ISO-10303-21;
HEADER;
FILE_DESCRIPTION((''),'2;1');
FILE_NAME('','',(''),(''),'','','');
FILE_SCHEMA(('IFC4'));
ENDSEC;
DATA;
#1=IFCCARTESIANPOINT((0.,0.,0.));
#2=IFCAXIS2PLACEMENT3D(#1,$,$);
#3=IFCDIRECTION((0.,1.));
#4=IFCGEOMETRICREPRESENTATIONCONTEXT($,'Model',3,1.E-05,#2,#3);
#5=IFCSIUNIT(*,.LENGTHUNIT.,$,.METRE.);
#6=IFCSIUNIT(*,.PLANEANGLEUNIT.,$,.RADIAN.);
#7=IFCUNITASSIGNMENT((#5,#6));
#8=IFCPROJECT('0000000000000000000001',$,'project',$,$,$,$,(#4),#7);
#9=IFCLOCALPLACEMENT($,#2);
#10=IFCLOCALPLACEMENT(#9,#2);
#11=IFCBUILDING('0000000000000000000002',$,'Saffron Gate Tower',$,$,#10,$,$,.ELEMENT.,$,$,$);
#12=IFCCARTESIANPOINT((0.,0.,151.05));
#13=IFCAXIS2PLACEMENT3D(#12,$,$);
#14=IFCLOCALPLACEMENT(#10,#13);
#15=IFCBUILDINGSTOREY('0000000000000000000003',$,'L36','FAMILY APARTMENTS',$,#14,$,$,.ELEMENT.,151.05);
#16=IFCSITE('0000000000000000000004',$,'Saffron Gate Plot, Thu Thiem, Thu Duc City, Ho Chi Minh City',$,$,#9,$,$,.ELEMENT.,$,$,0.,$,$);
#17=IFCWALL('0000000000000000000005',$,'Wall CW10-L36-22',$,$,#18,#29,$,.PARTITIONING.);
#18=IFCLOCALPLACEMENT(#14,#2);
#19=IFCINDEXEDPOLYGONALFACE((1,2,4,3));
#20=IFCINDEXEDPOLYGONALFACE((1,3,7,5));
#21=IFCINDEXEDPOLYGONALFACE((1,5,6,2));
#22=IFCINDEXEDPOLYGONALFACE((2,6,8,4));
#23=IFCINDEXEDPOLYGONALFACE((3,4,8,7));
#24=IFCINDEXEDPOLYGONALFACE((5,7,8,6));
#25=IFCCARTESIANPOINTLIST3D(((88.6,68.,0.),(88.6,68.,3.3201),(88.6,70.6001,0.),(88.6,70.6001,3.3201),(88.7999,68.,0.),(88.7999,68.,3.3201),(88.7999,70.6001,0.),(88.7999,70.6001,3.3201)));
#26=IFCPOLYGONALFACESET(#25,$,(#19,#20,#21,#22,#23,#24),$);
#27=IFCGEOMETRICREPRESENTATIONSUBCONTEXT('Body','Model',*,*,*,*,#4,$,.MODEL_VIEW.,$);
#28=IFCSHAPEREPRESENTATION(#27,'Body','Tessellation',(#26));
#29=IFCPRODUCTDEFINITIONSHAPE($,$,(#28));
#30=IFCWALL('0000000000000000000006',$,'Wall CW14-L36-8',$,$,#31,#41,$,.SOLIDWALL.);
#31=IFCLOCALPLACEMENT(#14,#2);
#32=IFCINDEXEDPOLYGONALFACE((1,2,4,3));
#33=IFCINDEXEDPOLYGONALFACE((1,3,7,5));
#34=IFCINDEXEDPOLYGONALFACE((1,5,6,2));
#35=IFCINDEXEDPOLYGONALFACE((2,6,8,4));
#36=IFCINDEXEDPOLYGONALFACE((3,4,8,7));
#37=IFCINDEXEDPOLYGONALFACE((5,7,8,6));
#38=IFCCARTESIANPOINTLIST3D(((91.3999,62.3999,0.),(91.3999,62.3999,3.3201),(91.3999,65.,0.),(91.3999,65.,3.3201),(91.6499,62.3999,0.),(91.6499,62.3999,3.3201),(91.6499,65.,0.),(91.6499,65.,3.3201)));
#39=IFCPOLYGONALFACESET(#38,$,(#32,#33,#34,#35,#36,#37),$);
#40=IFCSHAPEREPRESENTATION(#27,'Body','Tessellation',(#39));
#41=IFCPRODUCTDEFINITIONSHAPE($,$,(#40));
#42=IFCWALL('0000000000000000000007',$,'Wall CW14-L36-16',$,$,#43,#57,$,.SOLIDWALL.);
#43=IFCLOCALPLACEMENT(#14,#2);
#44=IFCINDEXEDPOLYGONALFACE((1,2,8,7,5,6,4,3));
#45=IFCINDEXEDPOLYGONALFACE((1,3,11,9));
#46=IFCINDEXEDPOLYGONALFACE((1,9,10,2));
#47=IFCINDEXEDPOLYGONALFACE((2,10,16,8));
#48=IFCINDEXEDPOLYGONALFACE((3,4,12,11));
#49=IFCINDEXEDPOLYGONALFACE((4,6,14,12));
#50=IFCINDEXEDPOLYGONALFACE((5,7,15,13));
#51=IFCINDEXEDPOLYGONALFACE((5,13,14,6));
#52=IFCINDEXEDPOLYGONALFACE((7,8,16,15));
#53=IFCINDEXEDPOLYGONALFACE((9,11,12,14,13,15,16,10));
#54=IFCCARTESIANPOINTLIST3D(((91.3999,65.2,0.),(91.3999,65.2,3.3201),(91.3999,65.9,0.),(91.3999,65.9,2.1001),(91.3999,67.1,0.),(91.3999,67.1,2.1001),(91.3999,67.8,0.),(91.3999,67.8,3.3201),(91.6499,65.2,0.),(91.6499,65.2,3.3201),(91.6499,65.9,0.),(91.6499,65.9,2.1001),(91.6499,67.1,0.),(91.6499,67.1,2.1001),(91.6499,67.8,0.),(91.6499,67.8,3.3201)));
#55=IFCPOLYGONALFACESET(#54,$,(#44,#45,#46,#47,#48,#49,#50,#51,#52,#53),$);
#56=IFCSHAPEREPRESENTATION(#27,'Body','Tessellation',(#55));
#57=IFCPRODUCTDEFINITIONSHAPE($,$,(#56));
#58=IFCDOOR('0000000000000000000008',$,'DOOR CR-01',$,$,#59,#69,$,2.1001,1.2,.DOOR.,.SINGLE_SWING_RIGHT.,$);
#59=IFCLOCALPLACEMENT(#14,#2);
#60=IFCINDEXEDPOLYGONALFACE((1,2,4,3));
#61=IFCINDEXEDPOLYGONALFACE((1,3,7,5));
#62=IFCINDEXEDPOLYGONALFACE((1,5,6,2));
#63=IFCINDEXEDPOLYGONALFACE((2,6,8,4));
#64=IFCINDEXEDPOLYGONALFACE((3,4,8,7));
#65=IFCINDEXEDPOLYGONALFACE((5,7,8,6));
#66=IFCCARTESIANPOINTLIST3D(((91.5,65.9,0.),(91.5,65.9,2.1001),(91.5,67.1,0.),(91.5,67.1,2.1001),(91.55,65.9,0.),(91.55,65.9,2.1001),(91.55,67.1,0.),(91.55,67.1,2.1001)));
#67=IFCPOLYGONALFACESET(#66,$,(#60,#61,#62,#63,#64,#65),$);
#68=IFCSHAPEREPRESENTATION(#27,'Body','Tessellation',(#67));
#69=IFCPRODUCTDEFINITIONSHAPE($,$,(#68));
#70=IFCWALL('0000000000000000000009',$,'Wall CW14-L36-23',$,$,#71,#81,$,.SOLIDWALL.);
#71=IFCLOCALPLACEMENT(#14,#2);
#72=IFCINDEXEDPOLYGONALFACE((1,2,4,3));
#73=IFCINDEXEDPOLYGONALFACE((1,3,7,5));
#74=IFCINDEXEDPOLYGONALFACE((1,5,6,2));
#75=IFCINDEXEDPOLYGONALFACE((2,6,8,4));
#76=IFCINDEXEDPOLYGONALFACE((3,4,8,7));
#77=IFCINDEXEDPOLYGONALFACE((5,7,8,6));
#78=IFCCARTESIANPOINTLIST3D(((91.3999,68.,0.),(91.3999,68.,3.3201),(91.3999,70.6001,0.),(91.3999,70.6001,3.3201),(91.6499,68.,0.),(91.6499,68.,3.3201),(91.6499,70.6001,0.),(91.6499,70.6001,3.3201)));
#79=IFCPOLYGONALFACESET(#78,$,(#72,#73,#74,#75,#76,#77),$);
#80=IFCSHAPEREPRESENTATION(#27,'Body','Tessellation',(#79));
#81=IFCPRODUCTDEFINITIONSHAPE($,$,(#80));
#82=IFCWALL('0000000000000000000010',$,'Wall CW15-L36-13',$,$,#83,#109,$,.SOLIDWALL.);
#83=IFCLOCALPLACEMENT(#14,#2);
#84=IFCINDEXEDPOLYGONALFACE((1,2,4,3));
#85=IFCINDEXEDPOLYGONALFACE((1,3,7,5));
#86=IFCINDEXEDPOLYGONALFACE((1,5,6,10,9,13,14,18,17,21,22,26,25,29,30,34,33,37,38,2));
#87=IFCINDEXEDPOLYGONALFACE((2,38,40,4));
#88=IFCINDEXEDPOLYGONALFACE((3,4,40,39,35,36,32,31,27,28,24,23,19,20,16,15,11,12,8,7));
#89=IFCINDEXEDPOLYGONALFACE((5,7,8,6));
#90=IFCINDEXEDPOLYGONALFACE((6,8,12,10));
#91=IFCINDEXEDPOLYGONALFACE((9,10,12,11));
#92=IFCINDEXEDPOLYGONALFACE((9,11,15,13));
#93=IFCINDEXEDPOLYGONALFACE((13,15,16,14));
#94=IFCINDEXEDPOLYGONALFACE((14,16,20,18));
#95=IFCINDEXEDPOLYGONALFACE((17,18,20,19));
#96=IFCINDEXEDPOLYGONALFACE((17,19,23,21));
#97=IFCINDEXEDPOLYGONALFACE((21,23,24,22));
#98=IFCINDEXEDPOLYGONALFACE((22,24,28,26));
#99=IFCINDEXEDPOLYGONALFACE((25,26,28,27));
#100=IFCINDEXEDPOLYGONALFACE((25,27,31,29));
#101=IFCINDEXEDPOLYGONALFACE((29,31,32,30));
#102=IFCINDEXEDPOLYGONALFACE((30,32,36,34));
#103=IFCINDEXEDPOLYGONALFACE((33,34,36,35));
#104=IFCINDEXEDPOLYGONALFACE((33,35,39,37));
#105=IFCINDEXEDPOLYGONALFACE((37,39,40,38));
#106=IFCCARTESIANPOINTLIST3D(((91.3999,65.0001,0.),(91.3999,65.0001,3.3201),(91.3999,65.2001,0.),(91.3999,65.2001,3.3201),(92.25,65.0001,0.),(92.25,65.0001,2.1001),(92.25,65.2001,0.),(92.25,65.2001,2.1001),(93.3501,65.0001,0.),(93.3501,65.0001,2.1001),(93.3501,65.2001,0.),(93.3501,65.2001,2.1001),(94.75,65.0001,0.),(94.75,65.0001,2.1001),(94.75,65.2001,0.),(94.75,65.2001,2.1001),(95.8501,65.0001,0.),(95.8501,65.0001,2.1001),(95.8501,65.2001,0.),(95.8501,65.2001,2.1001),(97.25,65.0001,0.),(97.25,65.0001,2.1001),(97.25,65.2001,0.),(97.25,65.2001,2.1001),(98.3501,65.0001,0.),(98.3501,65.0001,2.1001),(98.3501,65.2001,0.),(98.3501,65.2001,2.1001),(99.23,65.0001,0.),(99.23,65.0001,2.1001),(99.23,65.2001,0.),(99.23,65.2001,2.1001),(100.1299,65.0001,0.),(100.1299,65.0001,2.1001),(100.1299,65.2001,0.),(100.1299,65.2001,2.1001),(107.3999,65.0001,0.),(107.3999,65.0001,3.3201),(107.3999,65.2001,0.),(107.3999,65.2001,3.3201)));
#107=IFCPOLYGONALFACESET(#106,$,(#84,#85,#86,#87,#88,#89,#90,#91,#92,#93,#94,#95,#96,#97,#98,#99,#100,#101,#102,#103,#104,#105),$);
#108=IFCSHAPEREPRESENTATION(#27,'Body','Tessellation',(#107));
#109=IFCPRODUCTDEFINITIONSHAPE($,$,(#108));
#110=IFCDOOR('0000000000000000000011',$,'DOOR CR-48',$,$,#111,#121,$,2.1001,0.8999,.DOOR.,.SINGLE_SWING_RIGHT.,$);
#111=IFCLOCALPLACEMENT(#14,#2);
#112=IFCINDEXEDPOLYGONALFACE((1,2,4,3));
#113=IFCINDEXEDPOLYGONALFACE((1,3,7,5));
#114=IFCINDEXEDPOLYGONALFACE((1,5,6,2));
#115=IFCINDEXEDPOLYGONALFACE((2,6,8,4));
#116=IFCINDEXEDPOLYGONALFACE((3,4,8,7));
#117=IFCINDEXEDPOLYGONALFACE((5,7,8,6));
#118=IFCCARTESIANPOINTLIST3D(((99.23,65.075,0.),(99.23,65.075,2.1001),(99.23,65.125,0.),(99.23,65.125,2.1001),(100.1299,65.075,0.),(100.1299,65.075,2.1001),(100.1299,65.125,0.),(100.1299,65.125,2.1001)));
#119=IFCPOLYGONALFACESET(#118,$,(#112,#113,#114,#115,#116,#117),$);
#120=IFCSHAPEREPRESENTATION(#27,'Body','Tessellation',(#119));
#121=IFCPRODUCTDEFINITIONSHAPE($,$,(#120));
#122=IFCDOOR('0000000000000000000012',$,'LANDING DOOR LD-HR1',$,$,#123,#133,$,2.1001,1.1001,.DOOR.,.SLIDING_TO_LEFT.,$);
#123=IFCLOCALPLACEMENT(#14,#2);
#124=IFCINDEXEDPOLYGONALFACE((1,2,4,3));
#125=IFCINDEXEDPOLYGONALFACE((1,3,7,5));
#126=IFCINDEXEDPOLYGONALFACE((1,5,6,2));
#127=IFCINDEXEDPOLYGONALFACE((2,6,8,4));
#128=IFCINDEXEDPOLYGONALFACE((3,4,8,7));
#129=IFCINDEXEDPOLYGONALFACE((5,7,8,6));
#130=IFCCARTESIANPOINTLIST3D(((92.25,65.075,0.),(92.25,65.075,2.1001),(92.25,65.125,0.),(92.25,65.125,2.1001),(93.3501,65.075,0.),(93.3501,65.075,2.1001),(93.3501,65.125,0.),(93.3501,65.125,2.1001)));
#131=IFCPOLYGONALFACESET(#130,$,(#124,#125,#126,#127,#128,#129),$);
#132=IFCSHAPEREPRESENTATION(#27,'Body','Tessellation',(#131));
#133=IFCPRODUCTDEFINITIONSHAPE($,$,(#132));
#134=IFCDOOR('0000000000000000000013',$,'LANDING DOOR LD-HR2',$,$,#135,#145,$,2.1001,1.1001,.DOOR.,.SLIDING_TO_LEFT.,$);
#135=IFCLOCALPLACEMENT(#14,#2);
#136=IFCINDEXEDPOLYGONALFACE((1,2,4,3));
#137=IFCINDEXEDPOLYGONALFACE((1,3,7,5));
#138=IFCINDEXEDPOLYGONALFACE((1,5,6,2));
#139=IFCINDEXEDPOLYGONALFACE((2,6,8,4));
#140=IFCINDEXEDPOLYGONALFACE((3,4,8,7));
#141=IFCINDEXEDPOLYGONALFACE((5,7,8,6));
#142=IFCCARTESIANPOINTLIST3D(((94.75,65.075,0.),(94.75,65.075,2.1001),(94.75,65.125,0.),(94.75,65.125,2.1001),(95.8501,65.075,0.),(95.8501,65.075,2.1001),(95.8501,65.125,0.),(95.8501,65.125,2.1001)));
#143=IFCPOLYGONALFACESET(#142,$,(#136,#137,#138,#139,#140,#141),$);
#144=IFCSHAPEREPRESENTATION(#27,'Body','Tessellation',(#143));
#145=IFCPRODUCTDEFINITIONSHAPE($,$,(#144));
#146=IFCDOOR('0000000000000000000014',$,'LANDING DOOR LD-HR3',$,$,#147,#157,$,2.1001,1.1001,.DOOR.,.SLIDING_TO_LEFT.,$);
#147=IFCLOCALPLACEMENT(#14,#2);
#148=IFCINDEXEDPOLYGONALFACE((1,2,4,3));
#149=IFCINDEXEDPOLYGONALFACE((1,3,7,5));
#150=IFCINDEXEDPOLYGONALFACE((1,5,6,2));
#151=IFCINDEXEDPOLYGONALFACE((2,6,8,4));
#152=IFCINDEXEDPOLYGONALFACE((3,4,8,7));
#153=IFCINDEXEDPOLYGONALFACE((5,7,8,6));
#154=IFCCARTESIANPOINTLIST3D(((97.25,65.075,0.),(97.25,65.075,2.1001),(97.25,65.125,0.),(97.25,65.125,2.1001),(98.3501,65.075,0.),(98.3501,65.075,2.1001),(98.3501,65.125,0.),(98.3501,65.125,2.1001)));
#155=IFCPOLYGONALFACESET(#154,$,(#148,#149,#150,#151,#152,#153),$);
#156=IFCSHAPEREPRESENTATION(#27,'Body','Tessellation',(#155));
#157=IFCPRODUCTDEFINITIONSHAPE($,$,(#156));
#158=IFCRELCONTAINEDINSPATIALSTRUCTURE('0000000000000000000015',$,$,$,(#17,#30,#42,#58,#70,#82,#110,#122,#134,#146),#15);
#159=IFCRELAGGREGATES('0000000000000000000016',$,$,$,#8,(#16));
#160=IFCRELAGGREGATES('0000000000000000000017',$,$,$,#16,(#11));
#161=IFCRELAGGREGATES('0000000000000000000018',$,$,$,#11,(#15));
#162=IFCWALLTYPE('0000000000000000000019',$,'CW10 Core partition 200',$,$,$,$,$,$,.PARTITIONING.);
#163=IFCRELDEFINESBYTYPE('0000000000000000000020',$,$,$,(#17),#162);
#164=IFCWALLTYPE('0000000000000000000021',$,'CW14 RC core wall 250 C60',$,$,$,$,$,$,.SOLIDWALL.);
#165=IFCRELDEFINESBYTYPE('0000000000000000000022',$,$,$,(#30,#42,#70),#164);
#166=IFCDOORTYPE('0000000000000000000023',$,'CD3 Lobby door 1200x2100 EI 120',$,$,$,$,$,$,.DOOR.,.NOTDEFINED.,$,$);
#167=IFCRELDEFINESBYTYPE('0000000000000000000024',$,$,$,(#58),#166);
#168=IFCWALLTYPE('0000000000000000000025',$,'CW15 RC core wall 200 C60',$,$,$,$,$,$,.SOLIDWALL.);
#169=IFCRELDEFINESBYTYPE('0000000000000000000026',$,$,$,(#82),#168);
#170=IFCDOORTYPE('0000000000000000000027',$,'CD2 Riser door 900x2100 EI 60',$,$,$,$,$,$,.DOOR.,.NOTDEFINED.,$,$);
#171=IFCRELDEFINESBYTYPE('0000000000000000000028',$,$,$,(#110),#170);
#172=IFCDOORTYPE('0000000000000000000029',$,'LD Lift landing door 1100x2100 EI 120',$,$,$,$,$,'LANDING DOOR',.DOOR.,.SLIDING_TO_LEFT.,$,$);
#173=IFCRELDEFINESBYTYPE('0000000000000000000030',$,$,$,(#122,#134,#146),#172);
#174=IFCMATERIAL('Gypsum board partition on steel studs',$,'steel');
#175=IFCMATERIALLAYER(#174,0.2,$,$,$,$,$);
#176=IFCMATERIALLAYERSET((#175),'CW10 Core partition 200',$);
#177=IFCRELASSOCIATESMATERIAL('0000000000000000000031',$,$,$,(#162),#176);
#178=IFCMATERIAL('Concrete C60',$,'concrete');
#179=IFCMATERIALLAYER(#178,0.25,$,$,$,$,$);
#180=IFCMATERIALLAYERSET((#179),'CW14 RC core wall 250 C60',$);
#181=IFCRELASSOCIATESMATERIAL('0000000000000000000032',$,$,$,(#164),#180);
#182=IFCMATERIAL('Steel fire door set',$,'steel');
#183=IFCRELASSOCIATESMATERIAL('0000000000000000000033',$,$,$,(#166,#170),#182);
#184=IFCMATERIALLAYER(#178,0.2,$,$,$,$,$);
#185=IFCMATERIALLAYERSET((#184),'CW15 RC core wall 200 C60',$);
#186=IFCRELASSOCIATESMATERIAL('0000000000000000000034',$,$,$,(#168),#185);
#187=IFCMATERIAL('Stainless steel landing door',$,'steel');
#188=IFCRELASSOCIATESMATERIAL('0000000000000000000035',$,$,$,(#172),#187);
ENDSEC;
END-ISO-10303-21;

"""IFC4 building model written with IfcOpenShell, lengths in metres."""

from ifc_helpers import new_model, si_unit, direction, frame, frame_2d, origin, place, context, subcontext, project, spatial, rectangle, extrude, material, layer, layer_set, type_object, element, fill, save


model = new_model("IFC4")

# Units and contexts
model_context = context("Model", 3, precision=1e-05, world=origin(), true_north=direction((0.0, 1.0)))
body_context = subcontext(model_context, "Body", "Model", "MODEL_VIEW")
ifc_project = project(units=[si_unit("LENGTHUNIT", "METRE"), si_unit("PLANEANGLEUNIT", "RADIAN")], contexts=[model_context])

# Site, building, storey
site_placement = place(None, origin())
site = spatial("IfcSite", under=ifc_project, at=site_placement, Name="Saffron Gate Plot, Thu Thiem, Thu Duc City, Ho Chi Minh City", CompositionType="ELEMENT", RefElevation=0.0)
building_placement = place(site_placement, origin())
building = spatial("IfcBuilding", under=site, at=building_placement, Name="Saffron Gate Tower", CompositionType="ELEMENT")
storey_placement = place(building_placement, frame((0.0, 0.0, 151.05)))
storey = spatial("IfcBuildingStorey", under=building, at=storey_placement, Name="L36", Description="FAMILY APARTMENTS", CompositionType="ELEMENT", Elevation=151.05)

# Walls
ifc_material_1 = material(Name="Gypsum board partition on steel studs", Category="steel")
ifc_layer_1 = layer(ifc_material_1, 0.2)
ifc_layer_set_1 = layer_set([ifc_layer_1], Name="CW10 Core partition 200")
wall_type_1 = type_object("IfcWallType", Name="CW10 Core partition 200", PredefinedType="PARTITIONING", material=ifc_layer_set_1)
wall_1_placement = place(storey_placement, frame((88.7, 68.0, 0.0), z_axis=(0.0, 0.0, 1.0), x_axis=(0.0, 1.0, 0.0)))
element("IfcWall", 1, at=wall_1_placement, inside=storey, type_object=wall_type_1, Name="Wall CW10-L36-22", PredefinedType="PARTITIONING", context=body_context, shape_type="SweptSolid", body=[
    extrude(rectangle(XDim=2.6001, YDim=0.2, at=frame_2d((1.3, 0.0))), origin(), (0.0, 0.0, 1.0), 3.3201),
])
ifc_material_2 = material(Name="Concrete C60", Category="concrete")
ifc_layer_2 = layer(ifc_material_2, 0.25)
ifc_layer_set_2 = layer_set([ifc_layer_2], Name="CW14 RC core wall 250 C60")
wall_type_2 = type_object("IfcWallType", Name="CW14 RC core wall 250 C60", PredefinedType="SOLIDWALL", material=ifc_layer_set_2)
wall_2_placement = place(storey_placement, frame((91.5249, 62.3999, 0.0), z_axis=(0.0, 0.0, 1.0), x_axis=(0.0, 1.0, 0.0)))
element("IfcWall", 2, at=wall_2_placement, inside=storey, type_object=wall_type_2, Name="Wall CW14-L36-8", PredefinedType="SOLIDWALL", context=body_context, shape_type="SweptSolid", body=[
    extrude(rectangle(XDim=2.6001, YDim=0.25, at=frame_2d((1.3, 0.0))), origin(), (0.0, 0.0, 1.0), 3.3201),
])

# Wall, opening, door
wall_3_placement = place(storey_placement, frame((91.5249, 65.2, 0.0), z_axis=(0.0, 0.0, 1.0), x_axis=(0.0, 1.0, 0.0)))
wall_3 = element("IfcWall", 3, at=wall_3_placement, inside=storey, type_object=wall_type_2, Name="Wall CW14-L36-16", PredefinedType="SOLIDWALL", context=body_context, shape_type="SweptSolid", body=[
    extrude(rectangle(XDim=2.6001, YDim=0.25, at=frame_2d((1.3, 0.0))), origin(), (0.0, 0.0, 1.0), 3.3201),
])
opening_1_placement = place(wall_3_placement, frame((0.7, 0.0, 0.0)))
opening_1 = element("IfcOpeningElement", 4, at=opening_1_placement, cuts=wall_3, PredefinedType="OPENING", context=body_context, shape_type="SweptSolid", body=[
    extrude(rectangle(XDim=1.2, YDim=2.1001, at=frame_2d((0.6001, 1.05))), frame((0.0, 0.135, 0.0), z_axis=(0.0, -1.0, 0.0), x_axis=(1.0, 0.0, 0.0)), (0.0, 0.0, 1.0), 0.27),
])
ifc_material_3 = material(Name="Steel fire door set", Category="steel")
door_type_1 = type_object("IfcDoorType", Name="CD3 Lobby door 1200x2100 EI 120", OperationType="NOTDEFINED", PredefinedType="DOOR", material=ifc_material_3)
door_1_placement = place(opening_1_placement, origin())
door_1 = element("IfcDoor", 5, at=door_1_placement, inside=storey, type_object=door_type_1, Name="DOOR CR-01", OperationType="SINGLE_SWING_RIGHT", OverallHeight=2.1001, OverallWidth=1.2, PredefinedType="DOOR", context=body_context, shape_type="SweptSolid", body=[
    extrude(rectangle(XDim=1.2, YDim=2.1001, at=frame_2d((0.6001, 1.05))), frame((0.0, 0.0249, 0.0), z_axis=(0.0, -1.0, 0.0), x_axis=(1.0, 0.0, 0.0)), (0.0, 0.0, 1.0), 0.05),
])
fill(opening_1, door_1)

# Wall
wall_4_placement = place(storey_placement, frame((91.5249, 68.0, 0.0), z_axis=(0.0, 0.0, 1.0), x_axis=(0.0, 1.0, 0.0)))
element("IfcWall", 6, at=wall_4_placement, inside=storey, type_object=wall_type_2, Name="Wall CW14-L36-23", PredefinedType="SOLIDWALL", context=body_context, shape_type="SweptSolid", body=[
    extrude(rectangle(XDim=2.6001, YDim=0.25, at=frame_2d((1.3, 0.0))), origin(), (0.0, 0.0, 1.0), 3.3201),
])

# Wall, openings, doors
ifc_layer_3 = layer(ifc_material_2, 0.2)
ifc_layer_set_3 = layer_set([ifc_layer_3], Name="CW15 RC core wall 200 C60")
wall_type_3 = type_object("IfcWallType", Name="CW15 RC core wall 200 C60", PredefinedType="SOLIDWALL", material=ifc_layer_set_3)
wall_5_placement = place(storey_placement, frame((91.3999, 65.1001, 0.0), z_axis=(0.0, 0.0, 1.0), x_axis=(1.0, 0.0, 0.0)))
wall_5 = element("IfcWall", 7, at=wall_5_placement, inside=storey, type_object=wall_type_3, Name="Wall CW15-L36-13", PredefinedType="SOLIDWALL", context=body_context, shape_type="SweptSolid", body=[
    extrude(rectangle(XDim=16.0, YDim=0.2, at=frame_2d((8.0, 0.0))), origin(), (0.0, 0.0, 1.0), 3.3201),
])
opening_2_placement = place(wall_5_placement, frame((0.8501, 0.0, 0.0)))
opening_2 = element("IfcOpeningElement", 8, at=opening_2_placement, cuts=wall_5, PredefinedType="OPENING", context=body_context, shape_type="SweptSolid", body=[
    extrude(rectangle(XDim=1.1001, YDim=2.1001, at=frame_2d((0.55, 1.05))), frame((0.0, 0.1099, 0.0), z_axis=(0.0, -1.0, 0.0), x_axis=(1.0, 0.0, 0.0)), (0.0, 0.0, 1.0), 0.22),
])
opening_3_placement = place(wall_5_placement, frame((3.3501, 0.0, 0.0)))
opening_3 = element("IfcOpeningElement", 9, at=opening_3_placement, cuts=wall_5, PredefinedType="OPENING", context=body_context, shape_type="SweptSolid", body=[
    extrude(rectangle(XDim=1.1001, YDim=2.1001, at=frame_2d((0.55, 1.05))), frame((0.0, 0.1099, 0.0), z_axis=(0.0, -1.0, 0.0), x_axis=(1.0, 0.0, 0.0)), (0.0, 0.0, 1.0), 0.22),
])
opening_4_placement = place(wall_5_placement, frame((5.8501, 0.0, 0.0)))
opening_4 = element("IfcOpeningElement", 10, at=opening_4_placement, cuts=wall_5, PredefinedType="OPENING", context=body_context, shape_type="SweptSolid", body=[
    extrude(rectangle(XDim=1.1001, YDim=2.1001, at=frame_2d((0.55, 1.05))), frame((0.0, 0.1099, 0.0), z_axis=(0.0, -1.0, 0.0), x_axis=(1.0, 0.0, 0.0)), (0.0, 0.0, 1.0), 0.22),
])
opening_5_placement = place(wall_5_placement, frame((7.8301, 0.0, 0.0)))
opening_5 = element("IfcOpeningElement", 11, at=opening_5_placement, cuts=wall_5, PredefinedType="OPENING", context=body_context, shape_type="SweptSolid", body=[
    extrude(rectangle(XDim=0.8999, YDim=2.1001, at=frame_2d((0.45, 1.05))), frame((0.0, 0.1099, 0.0), z_axis=(0.0, -1.0, 0.0), x_axis=(1.0, 0.0, 0.0)), (0.0, 0.0, 1.0), 0.22),
])
door_type_2 = type_object("IfcDoorType", Name="CD2 Riser door 900x2100 EI 60", OperationType="NOTDEFINED", PredefinedType="DOOR", material=ifc_material_3)
door_2_placement = place(opening_5_placement, origin())
door_2 = element("IfcDoor", 12, at=door_2_placement, inside=storey, type_object=door_type_2, Name="DOOR CR-48", OperationType="SINGLE_SWING_RIGHT", OverallHeight=2.1001, OverallWidth=0.8999, PredefinedType="DOOR", context=body_context, shape_type="SweptSolid", body=[
    extrude(rectangle(XDim=0.8999, YDim=2.1001, at=frame_2d((0.45, 1.05))), frame((0.0, 0.0249, 0.0), z_axis=(0.0, -1.0, 0.0), x_axis=(1.0, 0.0, 0.0)), (0.0, 0.0, 1.0), 0.05),
])
fill(opening_5, door_2)
ifc_material_4 = material(Name="Stainless steel landing door", Category="steel")
door_type_3 = type_object("IfcDoorType", Name="LD Lift landing door 1100x2100 EI 120", ElementType="LANDING DOOR", OperationType="SLIDING_TO_LEFT", PredefinedType="DOOR", material=ifc_material_4)
door_3_placement = place(opening_2_placement, origin())
door_3 = element("IfcDoor", 13, at=door_3_placement, inside=storey, type_object=door_type_3, Name="LANDING DOOR LD-HR1", OperationType="SLIDING_TO_LEFT", OverallHeight=2.1001, OverallWidth=1.1001, PredefinedType="DOOR", context=body_context, shape_type="SweptSolid", body=[
    extrude(rectangle(XDim=1.1001, YDim=2.1001, at=frame_2d((0.55, 1.05))), frame((0.0, 0.0249, 0.0), z_axis=(0.0, -1.0, 0.0), x_axis=(1.0, 0.0, 0.0)), (0.0, 0.0, 1.0), 0.05),
])
fill(opening_2, door_3)
door_4_placement = place(opening_3_placement, origin())
door_4 = element("IfcDoor", 14, at=door_4_placement, inside=storey, type_object=door_type_3, Name="LANDING DOOR LD-HR2", OperationType="SLIDING_TO_LEFT", OverallHeight=2.1001, OverallWidth=1.1001, PredefinedType="DOOR", context=body_context, shape_type="SweptSolid", body=[
    extrude(rectangle(XDim=1.1001, YDim=2.1001, at=frame_2d((0.55, 1.05))), frame((0.0, 0.0249, 0.0), z_axis=(0.0, -1.0, 0.0), x_axis=(1.0, 0.0, 0.0)), (0.0, 0.0, 1.0), 0.05),
])
fill(opening_3, door_4)
door_5_placement = place(opening_4_placement, origin())
door_5 = element("IfcDoor", 15, at=door_5_placement, inside=storey, type_object=door_type_3, Name="LANDING DOOR LD-HR3", OperationType="SLIDING_TO_LEFT", OverallHeight=2.1001, OverallWidth=1.1001, PredefinedType="DOOR", context=body_context, shape_type="SweptSolid", body=[
    extrude(rectangle(XDim=1.1001, YDim=2.1001, at=frame_2d((0.55, 1.05))), frame((0.0, 0.0249, 0.0), z_axis=(0.0, -1.0, 0.0), x_axis=(1.0, 0.0, 0.0)), (0.0, 0.0, 1.0), 0.05),
])
fill(opening_4, door_5)

save(model, "model.ifc")
